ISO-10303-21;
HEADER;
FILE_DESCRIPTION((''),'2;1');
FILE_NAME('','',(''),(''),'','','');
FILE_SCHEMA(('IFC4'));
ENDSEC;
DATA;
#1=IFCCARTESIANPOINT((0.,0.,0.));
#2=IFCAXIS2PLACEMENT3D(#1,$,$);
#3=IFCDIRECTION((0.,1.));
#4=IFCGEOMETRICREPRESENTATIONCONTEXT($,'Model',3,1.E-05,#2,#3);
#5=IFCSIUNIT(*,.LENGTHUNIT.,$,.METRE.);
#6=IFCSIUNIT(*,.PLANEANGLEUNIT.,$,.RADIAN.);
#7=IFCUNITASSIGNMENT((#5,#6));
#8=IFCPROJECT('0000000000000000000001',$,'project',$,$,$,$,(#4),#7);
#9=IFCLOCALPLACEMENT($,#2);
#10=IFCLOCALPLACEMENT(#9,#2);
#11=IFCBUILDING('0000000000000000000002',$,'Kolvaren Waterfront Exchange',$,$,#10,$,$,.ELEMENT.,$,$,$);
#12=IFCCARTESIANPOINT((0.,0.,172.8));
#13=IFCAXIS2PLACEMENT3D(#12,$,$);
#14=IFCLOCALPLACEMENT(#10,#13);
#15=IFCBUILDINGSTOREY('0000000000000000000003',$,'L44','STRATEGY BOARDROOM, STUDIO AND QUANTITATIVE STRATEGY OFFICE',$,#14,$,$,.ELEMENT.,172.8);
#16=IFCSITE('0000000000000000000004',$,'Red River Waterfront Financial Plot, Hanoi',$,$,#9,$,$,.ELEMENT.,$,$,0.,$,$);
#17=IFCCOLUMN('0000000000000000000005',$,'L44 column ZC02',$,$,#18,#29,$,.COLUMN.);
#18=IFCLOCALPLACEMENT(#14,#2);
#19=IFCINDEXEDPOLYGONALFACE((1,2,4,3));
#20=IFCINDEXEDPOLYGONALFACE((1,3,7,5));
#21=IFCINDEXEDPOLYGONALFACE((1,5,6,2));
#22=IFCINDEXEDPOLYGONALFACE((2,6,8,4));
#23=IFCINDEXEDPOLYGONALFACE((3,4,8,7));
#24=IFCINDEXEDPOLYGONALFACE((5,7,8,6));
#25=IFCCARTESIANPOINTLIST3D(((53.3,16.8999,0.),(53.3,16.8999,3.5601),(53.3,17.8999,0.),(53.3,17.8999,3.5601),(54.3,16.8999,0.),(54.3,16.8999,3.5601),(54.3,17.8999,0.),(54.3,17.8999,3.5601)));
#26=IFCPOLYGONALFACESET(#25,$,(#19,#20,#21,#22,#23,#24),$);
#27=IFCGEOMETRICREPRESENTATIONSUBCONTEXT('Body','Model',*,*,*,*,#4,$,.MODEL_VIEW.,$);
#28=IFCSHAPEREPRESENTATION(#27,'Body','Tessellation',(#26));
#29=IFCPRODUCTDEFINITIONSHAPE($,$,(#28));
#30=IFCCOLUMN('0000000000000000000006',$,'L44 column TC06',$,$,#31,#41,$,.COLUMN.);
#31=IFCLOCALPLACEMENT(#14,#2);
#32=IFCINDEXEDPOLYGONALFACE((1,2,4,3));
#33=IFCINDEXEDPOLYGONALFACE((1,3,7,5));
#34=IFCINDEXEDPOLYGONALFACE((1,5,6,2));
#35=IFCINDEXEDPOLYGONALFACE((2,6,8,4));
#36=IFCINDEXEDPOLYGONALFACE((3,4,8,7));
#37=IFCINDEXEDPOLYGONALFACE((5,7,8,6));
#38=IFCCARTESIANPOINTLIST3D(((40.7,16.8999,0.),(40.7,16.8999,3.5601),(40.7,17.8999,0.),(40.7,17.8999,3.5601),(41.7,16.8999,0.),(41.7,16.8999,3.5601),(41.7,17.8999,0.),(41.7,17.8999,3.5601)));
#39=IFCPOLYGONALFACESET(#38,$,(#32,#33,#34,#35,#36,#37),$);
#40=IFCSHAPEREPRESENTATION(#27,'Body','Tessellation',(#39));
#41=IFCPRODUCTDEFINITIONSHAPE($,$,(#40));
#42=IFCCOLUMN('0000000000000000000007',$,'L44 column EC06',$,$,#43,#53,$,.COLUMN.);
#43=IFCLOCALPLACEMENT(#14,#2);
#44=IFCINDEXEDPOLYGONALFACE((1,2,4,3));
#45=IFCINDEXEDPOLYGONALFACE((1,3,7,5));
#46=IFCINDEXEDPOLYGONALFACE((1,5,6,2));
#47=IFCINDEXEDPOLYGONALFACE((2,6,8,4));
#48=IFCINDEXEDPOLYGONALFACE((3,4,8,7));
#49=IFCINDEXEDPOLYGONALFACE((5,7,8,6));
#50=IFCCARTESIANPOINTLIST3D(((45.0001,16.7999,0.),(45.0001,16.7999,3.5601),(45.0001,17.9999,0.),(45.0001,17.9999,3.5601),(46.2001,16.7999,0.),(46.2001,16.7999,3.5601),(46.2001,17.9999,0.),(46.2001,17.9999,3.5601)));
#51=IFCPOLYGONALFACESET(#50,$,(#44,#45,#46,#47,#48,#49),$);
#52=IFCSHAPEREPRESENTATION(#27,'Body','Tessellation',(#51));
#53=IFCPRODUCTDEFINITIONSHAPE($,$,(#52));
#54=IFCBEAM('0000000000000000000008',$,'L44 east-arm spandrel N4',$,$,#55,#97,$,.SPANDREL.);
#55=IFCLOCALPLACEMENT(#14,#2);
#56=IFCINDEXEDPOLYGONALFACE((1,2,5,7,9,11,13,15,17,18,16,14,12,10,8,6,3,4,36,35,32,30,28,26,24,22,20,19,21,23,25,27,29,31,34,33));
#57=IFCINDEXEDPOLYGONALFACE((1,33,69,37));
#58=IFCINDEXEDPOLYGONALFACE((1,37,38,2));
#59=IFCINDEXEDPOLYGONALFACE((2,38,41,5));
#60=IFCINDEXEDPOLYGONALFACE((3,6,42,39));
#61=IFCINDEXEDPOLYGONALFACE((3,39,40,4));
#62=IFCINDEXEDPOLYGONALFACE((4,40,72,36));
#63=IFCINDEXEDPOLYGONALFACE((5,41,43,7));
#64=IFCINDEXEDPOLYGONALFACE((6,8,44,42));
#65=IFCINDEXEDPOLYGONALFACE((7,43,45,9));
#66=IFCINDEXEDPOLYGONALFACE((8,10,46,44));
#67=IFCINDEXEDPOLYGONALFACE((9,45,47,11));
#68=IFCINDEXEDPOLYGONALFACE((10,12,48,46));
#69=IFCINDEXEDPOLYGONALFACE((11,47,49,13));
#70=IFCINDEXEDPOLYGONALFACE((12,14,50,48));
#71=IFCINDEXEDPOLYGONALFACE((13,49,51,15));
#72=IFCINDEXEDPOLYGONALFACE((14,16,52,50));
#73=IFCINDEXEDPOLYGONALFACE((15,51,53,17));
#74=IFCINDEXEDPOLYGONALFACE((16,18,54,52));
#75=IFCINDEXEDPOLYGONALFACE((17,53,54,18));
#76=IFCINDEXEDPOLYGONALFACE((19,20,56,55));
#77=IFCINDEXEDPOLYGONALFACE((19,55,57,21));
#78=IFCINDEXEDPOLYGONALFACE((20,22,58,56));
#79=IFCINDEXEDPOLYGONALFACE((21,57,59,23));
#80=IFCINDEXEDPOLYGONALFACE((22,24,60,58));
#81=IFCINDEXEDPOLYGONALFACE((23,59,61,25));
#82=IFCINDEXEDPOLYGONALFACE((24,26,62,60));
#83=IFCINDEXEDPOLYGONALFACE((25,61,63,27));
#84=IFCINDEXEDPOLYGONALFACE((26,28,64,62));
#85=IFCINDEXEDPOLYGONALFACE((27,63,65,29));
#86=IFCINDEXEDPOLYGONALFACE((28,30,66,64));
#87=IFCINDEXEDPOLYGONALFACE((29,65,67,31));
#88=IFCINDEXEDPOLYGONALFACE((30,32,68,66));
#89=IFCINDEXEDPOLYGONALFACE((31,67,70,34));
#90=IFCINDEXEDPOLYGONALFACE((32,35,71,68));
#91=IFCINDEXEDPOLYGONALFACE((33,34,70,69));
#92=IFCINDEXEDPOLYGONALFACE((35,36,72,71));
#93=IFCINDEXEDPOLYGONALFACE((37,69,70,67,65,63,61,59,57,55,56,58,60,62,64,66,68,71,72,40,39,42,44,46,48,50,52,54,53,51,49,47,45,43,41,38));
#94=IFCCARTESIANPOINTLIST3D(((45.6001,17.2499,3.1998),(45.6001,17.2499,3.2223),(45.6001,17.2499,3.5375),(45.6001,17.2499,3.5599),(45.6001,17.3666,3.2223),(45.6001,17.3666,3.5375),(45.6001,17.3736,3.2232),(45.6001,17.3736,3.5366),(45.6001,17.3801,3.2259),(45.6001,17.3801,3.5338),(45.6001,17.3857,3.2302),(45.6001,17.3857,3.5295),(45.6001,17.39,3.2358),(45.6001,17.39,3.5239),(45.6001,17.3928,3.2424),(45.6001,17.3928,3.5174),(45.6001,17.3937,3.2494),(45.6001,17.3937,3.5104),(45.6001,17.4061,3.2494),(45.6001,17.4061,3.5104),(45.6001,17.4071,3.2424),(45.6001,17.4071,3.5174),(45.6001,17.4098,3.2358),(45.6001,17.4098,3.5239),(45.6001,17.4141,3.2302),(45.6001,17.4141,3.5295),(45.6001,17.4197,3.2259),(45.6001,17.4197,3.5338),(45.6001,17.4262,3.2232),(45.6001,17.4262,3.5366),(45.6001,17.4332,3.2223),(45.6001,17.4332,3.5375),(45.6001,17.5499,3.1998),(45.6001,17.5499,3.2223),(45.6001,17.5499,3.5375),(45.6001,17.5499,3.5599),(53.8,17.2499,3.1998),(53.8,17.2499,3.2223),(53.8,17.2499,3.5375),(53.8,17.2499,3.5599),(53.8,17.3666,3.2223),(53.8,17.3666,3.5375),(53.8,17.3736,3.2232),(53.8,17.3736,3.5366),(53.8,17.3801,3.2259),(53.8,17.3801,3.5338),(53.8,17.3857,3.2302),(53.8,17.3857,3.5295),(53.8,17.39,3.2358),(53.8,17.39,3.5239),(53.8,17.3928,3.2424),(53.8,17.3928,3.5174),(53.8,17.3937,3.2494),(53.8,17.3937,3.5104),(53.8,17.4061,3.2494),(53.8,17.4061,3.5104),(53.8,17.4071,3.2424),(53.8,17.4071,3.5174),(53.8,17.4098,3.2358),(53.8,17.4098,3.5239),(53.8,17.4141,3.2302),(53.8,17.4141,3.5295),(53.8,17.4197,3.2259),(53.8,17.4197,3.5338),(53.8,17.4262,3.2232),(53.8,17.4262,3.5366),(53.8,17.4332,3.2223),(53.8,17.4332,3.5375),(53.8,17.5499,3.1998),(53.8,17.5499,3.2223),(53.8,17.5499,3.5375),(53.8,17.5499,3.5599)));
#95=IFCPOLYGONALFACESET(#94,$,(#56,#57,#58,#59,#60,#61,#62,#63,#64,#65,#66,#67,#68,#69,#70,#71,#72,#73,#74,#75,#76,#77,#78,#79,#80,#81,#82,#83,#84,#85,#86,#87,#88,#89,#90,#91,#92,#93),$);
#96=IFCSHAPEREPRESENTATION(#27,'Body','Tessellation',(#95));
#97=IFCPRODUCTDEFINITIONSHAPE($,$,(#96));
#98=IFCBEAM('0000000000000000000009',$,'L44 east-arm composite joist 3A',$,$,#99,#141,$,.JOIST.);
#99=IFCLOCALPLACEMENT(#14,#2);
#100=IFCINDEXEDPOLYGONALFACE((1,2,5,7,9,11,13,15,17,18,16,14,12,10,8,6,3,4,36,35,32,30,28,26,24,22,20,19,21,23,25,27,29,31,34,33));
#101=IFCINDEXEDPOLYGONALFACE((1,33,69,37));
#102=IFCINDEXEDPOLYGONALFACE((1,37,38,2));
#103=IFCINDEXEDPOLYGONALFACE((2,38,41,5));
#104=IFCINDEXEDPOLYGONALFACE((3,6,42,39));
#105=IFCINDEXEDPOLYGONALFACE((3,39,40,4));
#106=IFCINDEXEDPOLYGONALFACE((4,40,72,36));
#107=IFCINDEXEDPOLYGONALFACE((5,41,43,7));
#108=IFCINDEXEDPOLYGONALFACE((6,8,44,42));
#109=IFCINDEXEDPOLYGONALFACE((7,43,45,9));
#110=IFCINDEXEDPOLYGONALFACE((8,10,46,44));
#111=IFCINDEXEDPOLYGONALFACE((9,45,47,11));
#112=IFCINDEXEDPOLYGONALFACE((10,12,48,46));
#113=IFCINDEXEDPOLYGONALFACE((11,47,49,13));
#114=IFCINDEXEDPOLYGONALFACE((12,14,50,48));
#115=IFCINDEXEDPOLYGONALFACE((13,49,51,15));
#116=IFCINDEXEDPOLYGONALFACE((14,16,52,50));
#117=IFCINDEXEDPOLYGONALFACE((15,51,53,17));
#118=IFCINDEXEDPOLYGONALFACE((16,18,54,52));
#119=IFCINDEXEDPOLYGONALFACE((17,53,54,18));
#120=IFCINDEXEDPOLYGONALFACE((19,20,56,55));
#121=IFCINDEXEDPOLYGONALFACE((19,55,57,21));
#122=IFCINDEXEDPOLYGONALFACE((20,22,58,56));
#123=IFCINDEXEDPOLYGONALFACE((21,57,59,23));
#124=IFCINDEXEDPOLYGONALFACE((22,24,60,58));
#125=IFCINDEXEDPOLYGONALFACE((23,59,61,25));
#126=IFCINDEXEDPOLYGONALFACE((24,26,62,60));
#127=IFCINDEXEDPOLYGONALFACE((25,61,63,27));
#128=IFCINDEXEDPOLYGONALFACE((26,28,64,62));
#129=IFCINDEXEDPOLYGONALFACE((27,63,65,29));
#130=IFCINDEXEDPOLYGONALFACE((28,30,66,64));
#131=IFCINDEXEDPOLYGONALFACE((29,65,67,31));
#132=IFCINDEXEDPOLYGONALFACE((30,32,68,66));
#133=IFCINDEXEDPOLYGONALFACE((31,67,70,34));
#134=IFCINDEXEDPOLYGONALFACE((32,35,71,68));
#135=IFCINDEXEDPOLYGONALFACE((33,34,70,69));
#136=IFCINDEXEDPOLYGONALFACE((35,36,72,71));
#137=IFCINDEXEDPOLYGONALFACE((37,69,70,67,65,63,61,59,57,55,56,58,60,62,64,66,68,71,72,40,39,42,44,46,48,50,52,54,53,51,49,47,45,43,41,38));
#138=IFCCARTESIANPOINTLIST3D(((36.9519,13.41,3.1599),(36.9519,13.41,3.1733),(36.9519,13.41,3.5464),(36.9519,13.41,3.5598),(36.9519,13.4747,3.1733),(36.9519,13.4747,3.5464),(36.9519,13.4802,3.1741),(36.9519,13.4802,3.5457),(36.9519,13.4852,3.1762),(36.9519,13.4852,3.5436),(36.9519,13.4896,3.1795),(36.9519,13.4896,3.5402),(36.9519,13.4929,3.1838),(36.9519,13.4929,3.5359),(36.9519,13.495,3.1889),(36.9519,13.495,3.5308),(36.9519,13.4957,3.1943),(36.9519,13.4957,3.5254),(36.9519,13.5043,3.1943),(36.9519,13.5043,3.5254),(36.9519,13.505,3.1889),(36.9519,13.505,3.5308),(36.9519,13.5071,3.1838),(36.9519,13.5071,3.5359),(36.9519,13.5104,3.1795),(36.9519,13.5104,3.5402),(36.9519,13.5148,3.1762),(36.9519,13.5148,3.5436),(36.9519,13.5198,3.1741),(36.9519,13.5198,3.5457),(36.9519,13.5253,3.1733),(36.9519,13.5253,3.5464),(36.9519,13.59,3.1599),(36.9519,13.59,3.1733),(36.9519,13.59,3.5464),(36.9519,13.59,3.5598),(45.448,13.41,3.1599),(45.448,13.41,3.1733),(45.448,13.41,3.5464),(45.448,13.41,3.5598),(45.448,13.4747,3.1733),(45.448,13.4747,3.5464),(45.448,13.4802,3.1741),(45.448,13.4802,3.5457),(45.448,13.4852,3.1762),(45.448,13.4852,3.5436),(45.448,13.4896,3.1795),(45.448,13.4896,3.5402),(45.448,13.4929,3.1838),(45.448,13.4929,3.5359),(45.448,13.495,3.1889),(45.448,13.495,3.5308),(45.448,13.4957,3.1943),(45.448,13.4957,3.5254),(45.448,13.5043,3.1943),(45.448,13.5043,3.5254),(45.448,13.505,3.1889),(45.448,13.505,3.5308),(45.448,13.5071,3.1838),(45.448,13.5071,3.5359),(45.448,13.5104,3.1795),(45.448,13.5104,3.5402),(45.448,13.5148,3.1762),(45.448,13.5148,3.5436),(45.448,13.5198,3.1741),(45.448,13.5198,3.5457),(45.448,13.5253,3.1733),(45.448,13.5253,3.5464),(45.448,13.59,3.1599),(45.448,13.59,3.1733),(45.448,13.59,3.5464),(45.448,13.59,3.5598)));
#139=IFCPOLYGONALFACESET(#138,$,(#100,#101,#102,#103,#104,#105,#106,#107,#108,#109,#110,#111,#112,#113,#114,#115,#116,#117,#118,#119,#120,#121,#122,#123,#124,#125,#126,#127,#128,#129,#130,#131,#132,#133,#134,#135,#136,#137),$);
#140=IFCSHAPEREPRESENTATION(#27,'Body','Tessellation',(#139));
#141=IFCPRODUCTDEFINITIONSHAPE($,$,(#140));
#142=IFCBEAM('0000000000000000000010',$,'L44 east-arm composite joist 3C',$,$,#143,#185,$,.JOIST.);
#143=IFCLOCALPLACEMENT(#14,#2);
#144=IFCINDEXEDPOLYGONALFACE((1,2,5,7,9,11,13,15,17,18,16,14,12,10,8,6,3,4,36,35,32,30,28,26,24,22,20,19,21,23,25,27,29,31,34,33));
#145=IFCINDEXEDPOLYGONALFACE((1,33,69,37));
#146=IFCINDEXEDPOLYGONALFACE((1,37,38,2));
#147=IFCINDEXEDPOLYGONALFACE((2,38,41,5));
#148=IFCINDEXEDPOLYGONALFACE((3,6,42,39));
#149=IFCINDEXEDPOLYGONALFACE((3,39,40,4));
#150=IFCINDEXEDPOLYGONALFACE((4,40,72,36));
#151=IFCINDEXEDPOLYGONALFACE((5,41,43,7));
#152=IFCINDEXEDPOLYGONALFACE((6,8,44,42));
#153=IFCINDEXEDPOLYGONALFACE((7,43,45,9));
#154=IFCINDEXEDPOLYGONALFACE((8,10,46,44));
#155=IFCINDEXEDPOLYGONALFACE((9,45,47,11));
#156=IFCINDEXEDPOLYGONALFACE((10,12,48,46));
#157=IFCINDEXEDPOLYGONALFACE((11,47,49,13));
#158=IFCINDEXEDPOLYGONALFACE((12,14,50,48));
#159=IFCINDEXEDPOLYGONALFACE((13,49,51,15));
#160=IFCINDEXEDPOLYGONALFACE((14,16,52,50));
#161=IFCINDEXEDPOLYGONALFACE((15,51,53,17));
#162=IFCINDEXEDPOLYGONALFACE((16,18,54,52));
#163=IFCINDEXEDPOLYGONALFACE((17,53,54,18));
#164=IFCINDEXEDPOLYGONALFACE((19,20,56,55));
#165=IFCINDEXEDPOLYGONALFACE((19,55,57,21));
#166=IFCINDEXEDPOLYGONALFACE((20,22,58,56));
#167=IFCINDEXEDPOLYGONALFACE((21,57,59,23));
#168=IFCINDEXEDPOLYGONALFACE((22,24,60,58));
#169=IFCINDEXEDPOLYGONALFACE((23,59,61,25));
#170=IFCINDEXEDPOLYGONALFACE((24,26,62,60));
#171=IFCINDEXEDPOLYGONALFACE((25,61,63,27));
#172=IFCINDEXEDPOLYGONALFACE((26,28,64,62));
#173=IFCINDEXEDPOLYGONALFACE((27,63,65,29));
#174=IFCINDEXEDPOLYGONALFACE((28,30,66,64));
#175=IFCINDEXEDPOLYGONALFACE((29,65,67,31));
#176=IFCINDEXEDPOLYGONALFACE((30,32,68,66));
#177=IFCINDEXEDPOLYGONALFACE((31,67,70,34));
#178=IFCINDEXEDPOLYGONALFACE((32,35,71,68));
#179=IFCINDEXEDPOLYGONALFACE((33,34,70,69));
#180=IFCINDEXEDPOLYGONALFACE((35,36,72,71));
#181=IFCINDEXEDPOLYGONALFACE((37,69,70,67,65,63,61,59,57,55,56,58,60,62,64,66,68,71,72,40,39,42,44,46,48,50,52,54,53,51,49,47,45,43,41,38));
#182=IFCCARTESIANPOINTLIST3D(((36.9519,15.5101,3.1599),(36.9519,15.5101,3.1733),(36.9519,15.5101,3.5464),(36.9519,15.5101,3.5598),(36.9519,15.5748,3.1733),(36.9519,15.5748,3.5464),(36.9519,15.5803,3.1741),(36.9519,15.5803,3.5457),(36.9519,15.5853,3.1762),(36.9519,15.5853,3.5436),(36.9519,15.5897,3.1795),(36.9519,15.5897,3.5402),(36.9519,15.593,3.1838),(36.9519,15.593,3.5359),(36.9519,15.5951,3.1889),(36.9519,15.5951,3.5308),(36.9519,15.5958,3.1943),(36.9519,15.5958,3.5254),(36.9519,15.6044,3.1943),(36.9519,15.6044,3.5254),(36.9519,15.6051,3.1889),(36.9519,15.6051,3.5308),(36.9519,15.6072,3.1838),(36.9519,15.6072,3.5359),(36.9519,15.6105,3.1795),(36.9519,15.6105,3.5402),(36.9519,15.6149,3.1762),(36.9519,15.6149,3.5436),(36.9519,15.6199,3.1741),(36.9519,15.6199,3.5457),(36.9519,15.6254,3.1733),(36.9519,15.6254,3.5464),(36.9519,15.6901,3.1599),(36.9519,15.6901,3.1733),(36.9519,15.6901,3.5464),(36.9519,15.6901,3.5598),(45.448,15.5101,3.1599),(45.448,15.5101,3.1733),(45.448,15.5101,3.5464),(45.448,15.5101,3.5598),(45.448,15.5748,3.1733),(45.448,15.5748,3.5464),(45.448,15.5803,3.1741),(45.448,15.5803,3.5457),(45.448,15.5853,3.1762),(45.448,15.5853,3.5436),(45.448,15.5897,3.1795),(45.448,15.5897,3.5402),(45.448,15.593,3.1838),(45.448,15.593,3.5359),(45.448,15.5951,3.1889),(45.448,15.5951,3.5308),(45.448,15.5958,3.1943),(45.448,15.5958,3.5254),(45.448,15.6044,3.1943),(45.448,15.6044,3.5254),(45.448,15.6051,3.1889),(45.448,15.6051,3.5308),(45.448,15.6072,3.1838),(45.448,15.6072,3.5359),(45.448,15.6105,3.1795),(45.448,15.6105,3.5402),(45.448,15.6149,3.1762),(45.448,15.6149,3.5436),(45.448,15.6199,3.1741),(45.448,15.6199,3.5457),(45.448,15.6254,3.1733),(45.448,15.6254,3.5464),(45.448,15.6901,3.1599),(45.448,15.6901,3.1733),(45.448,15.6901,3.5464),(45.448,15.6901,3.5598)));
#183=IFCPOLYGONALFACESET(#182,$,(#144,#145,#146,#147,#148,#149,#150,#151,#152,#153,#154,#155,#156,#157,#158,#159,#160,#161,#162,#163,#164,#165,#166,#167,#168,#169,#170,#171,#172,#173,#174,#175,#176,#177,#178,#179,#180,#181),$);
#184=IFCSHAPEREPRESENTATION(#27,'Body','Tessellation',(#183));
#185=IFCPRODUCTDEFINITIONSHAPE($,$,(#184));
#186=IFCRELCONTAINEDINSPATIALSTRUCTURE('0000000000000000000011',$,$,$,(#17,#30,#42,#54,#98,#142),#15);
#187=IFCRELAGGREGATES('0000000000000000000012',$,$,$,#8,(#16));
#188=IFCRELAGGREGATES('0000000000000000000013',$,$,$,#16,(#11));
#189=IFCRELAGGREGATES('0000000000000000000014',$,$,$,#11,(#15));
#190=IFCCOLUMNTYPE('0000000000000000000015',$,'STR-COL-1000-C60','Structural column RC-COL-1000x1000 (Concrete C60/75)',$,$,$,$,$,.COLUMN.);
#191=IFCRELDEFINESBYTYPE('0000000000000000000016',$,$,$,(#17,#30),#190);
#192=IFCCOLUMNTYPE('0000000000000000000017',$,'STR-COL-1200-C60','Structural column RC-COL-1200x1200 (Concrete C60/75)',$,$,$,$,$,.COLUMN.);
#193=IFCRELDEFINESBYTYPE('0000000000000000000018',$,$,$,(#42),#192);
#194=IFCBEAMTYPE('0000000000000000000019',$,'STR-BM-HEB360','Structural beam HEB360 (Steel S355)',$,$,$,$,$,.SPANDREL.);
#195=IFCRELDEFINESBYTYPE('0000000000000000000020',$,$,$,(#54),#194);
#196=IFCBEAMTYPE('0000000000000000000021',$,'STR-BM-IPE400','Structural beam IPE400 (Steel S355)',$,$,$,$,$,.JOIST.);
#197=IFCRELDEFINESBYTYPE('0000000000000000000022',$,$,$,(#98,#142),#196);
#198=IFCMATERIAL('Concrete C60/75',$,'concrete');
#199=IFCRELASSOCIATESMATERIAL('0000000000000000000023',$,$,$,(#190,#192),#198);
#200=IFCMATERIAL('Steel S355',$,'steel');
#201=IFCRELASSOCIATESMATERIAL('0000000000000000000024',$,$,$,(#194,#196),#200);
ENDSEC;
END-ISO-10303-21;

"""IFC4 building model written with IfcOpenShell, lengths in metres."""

from ifc_helpers import new_model, si_unit, direction, frame, origin, origin_2d, place, context, subcontext, project, spatial, rectangle, i_section, extrude, material, material_profile, profile_set, type_object, element, save


model = new_model("IFC4")

# Units and contexts
model_context = context("Model", 3, precision=1e-05, world=origin(), true_north=direction((0.0, 1.0)))
body_context = subcontext(model_context, "Body", "Model", "MODEL_VIEW")
ifc_project = project(units=[si_unit("LENGTHUNIT", "METRE"), si_unit("PLANEANGLEUNIT", "RADIAN")], contexts=[model_context])

# Site, building, storey
site_placement = place(None, origin())
site = spatial("IfcSite", under=ifc_project, at=site_placement, Name="Red River Waterfront Financial Plot, Hanoi", CompositionType="ELEMENT", RefElevation=0.0)
building_placement = place(site_placement, origin())
building = spatial("IfcBuilding", under=site, at=building_placement, Name="Kolvaren Waterfront Exchange", CompositionType="ELEMENT")
storey_placement = place(building_placement, frame((0.0, 0.0, 172.8)))
storey = spatial("IfcBuildingStorey", under=building, at=storey_placement, Name="L44", Description="STRATEGY BOARDROOM, STUDIO AND QUANTITATIVE STRATEGY OFFICE", CompositionType="ELEMENT", Elevation=172.8)

# Columns
ifc_material_1 = material(Name="Concrete C60/75", Category="concrete")
ifc_material_profile_1 = material_profile(ifc_material_1, rectangle(XDim=1.0, YDim=1.0, at=origin_2d()), Name="RC-COL-1000x1000")
ifc_profile_set_1 = profile_set([ifc_material_profile_1], Name="Concrete C60/75")
column_type_1 = type_object("IfcColumnType", Name="STR-COL-1000-C60", Description="Structural column RC-COL-1000x1000 (Concrete C60/75)", PredefinedType="COLUMN", material=ifc_profile_set_1)
for number, where, z_axis, x_axis, name in (
    (1, (53.8, 17.3999, 0.0), (0.0, 0.0, 1.0), (1.0, 0.0, 0.0), "L44 column ZC02"),
    (2, (41.2, 17.3999, 0.0), (0.0, 0.0, 1.0), (1.0, 0.0, 0.0), "L44 column TC06"),
):
    element("IfcColumn", number, at=place(storey_placement, frame(where, z_axis=z_axis, x_axis=x_axis)), inside=storey, type_object=column_type_1, Name=name, PredefinedType="COLUMN", context=body_context, shape_type="SweptSolid", body=[
        extrude(rectangle(XDim=1.0, YDim=1.0, at=origin_2d()), origin(), (0.0, 0.0, 1.0), 3.5601),
    ])
ifc_material_profile_2 = material_profile(ifc_material_1, rectangle(XDim=1.2, YDim=1.2, at=origin_2d()), Name="RC-COL-1200x1200")
ifc_profile_set_2 = profile_set([ifc_material_profile_2], Name="Concrete C60/75")
column_type_2 = type_object("IfcColumnType", Name="STR-COL-1200-C60", Description="Structural column RC-COL-1200x1200 (Concrete C60/75)", PredefinedType="COLUMN", material=ifc_profile_set_2)
column_placement = place(storey_placement, frame((45.6001, 17.3999, 0.0), z_axis=(0.0, 0.0, 1.0), x_axis=(1.0, 0.0, 0.0)))
element("IfcColumn", 3, at=column_placement, inside=storey, type_object=column_type_2, Name="L44 column EC06", PredefinedType="COLUMN", context=body_context, shape_type="SweptSolid", body=[
    extrude(rectangle(XDim=1.2, YDim=1.2, at=origin_2d()), origin(), (0.0, 0.0, 1.0), 3.5601),
])

# Beams
ifc_material_2 = material(Name="Steel S355", Category="steel")
ifc_material_profile_3 = material_profile(ifc_material_2, i_section(OverallWidth=0.3, OverallDepth=0.3601, WebThickness=0.0125, FlangeThickness=0.0225, FilletRadius=0.0271, at=origin_2d()), Name="HEB360")
ifc_profile_set_3 = profile_set([ifc_material_profile_3], Name="Steel S355")
beam_type_1 = type_object("IfcBeamType", Name="STR-BM-HEB360", Description="Structural beam HEB360 (Steel S355)", PredefinedType="SPANDREL", material=ifc_profile_set_3)
beam_placement = place(storey_placement, frame((45.6001, 17.3999, 3.3799), z_axis=(1.0, 0.0, 0.0), x_axis=(0.0, 1.0, 0.0)))
element("IfcBeam", 4, at=beam_placement, inside=storey, type_object=beam_type_1, Name="L44 east-arm spandrel N4", PredefinedType="SPANDREL", context=body_context, shape_type="SweptSolid", body=[
    extrude(i_section(OverallWidth=0.3, OverallDepth=0.3601, WebThickness=0.0125, FlangeThickness=0.0225, FilletRadius=0.0271, at=origin_2d()), origin(), (0.0, 0.0, 1.0), 8.2),
])
ifc_material_profile_4 = material_profile(ifc_material_2, i_section(OverallWidth=0.1799, OverallDepth=0.3999, WebThickness=0.0085, FlangeThickness=0.0134, FilletRadius=0.021, at=origin_2d()), Name="IPE400")
ifc_profile_set_4 = profile_set([ifc_material_profile_4], Name="Steel S355")
beam_type_2 = type_object("IfcBeamType", Name="STR-BM-IPE400", Description="Structural beam IPE400 (Steel S355)", PredefinedType="JOIST", material=ifc_profile_set_4)
for number, where, z_axis, x_axis, name in (
    (5, (36.9519, 13.5, 3.3599), (1.0, 0.0, 0.0), (0.0, 1.0, 0.0), "L44 east-arm composite joist 3A"),
    (6, (36.9519, 15.6001, 3.3599), (1.0, 0.0, 0.0), (0.0, 1.0, 0.0), "L44 east-arm composite joist 3C"),
):
    element("IfcBeam", number, at=place(storey_placement, frame(where, z_axis=z_axis, x_axis=x_axis)), inside=storey, type_object=beam_type_2, Name=name, PredefinedType="JOIST", context=body_context, shape_type="SweptSolid", body=[
        extrude(i_section(OverallWidth=0.1799, OverallDepth=0.3999, WebThickness=0.0085, FlangeThickness=0.0134, FilletRadius=0.021, at=origin_2d()), origin(), (0.0, 0.0, 1.0), 8.4961),
    ])

save(model, "model.ifc")
